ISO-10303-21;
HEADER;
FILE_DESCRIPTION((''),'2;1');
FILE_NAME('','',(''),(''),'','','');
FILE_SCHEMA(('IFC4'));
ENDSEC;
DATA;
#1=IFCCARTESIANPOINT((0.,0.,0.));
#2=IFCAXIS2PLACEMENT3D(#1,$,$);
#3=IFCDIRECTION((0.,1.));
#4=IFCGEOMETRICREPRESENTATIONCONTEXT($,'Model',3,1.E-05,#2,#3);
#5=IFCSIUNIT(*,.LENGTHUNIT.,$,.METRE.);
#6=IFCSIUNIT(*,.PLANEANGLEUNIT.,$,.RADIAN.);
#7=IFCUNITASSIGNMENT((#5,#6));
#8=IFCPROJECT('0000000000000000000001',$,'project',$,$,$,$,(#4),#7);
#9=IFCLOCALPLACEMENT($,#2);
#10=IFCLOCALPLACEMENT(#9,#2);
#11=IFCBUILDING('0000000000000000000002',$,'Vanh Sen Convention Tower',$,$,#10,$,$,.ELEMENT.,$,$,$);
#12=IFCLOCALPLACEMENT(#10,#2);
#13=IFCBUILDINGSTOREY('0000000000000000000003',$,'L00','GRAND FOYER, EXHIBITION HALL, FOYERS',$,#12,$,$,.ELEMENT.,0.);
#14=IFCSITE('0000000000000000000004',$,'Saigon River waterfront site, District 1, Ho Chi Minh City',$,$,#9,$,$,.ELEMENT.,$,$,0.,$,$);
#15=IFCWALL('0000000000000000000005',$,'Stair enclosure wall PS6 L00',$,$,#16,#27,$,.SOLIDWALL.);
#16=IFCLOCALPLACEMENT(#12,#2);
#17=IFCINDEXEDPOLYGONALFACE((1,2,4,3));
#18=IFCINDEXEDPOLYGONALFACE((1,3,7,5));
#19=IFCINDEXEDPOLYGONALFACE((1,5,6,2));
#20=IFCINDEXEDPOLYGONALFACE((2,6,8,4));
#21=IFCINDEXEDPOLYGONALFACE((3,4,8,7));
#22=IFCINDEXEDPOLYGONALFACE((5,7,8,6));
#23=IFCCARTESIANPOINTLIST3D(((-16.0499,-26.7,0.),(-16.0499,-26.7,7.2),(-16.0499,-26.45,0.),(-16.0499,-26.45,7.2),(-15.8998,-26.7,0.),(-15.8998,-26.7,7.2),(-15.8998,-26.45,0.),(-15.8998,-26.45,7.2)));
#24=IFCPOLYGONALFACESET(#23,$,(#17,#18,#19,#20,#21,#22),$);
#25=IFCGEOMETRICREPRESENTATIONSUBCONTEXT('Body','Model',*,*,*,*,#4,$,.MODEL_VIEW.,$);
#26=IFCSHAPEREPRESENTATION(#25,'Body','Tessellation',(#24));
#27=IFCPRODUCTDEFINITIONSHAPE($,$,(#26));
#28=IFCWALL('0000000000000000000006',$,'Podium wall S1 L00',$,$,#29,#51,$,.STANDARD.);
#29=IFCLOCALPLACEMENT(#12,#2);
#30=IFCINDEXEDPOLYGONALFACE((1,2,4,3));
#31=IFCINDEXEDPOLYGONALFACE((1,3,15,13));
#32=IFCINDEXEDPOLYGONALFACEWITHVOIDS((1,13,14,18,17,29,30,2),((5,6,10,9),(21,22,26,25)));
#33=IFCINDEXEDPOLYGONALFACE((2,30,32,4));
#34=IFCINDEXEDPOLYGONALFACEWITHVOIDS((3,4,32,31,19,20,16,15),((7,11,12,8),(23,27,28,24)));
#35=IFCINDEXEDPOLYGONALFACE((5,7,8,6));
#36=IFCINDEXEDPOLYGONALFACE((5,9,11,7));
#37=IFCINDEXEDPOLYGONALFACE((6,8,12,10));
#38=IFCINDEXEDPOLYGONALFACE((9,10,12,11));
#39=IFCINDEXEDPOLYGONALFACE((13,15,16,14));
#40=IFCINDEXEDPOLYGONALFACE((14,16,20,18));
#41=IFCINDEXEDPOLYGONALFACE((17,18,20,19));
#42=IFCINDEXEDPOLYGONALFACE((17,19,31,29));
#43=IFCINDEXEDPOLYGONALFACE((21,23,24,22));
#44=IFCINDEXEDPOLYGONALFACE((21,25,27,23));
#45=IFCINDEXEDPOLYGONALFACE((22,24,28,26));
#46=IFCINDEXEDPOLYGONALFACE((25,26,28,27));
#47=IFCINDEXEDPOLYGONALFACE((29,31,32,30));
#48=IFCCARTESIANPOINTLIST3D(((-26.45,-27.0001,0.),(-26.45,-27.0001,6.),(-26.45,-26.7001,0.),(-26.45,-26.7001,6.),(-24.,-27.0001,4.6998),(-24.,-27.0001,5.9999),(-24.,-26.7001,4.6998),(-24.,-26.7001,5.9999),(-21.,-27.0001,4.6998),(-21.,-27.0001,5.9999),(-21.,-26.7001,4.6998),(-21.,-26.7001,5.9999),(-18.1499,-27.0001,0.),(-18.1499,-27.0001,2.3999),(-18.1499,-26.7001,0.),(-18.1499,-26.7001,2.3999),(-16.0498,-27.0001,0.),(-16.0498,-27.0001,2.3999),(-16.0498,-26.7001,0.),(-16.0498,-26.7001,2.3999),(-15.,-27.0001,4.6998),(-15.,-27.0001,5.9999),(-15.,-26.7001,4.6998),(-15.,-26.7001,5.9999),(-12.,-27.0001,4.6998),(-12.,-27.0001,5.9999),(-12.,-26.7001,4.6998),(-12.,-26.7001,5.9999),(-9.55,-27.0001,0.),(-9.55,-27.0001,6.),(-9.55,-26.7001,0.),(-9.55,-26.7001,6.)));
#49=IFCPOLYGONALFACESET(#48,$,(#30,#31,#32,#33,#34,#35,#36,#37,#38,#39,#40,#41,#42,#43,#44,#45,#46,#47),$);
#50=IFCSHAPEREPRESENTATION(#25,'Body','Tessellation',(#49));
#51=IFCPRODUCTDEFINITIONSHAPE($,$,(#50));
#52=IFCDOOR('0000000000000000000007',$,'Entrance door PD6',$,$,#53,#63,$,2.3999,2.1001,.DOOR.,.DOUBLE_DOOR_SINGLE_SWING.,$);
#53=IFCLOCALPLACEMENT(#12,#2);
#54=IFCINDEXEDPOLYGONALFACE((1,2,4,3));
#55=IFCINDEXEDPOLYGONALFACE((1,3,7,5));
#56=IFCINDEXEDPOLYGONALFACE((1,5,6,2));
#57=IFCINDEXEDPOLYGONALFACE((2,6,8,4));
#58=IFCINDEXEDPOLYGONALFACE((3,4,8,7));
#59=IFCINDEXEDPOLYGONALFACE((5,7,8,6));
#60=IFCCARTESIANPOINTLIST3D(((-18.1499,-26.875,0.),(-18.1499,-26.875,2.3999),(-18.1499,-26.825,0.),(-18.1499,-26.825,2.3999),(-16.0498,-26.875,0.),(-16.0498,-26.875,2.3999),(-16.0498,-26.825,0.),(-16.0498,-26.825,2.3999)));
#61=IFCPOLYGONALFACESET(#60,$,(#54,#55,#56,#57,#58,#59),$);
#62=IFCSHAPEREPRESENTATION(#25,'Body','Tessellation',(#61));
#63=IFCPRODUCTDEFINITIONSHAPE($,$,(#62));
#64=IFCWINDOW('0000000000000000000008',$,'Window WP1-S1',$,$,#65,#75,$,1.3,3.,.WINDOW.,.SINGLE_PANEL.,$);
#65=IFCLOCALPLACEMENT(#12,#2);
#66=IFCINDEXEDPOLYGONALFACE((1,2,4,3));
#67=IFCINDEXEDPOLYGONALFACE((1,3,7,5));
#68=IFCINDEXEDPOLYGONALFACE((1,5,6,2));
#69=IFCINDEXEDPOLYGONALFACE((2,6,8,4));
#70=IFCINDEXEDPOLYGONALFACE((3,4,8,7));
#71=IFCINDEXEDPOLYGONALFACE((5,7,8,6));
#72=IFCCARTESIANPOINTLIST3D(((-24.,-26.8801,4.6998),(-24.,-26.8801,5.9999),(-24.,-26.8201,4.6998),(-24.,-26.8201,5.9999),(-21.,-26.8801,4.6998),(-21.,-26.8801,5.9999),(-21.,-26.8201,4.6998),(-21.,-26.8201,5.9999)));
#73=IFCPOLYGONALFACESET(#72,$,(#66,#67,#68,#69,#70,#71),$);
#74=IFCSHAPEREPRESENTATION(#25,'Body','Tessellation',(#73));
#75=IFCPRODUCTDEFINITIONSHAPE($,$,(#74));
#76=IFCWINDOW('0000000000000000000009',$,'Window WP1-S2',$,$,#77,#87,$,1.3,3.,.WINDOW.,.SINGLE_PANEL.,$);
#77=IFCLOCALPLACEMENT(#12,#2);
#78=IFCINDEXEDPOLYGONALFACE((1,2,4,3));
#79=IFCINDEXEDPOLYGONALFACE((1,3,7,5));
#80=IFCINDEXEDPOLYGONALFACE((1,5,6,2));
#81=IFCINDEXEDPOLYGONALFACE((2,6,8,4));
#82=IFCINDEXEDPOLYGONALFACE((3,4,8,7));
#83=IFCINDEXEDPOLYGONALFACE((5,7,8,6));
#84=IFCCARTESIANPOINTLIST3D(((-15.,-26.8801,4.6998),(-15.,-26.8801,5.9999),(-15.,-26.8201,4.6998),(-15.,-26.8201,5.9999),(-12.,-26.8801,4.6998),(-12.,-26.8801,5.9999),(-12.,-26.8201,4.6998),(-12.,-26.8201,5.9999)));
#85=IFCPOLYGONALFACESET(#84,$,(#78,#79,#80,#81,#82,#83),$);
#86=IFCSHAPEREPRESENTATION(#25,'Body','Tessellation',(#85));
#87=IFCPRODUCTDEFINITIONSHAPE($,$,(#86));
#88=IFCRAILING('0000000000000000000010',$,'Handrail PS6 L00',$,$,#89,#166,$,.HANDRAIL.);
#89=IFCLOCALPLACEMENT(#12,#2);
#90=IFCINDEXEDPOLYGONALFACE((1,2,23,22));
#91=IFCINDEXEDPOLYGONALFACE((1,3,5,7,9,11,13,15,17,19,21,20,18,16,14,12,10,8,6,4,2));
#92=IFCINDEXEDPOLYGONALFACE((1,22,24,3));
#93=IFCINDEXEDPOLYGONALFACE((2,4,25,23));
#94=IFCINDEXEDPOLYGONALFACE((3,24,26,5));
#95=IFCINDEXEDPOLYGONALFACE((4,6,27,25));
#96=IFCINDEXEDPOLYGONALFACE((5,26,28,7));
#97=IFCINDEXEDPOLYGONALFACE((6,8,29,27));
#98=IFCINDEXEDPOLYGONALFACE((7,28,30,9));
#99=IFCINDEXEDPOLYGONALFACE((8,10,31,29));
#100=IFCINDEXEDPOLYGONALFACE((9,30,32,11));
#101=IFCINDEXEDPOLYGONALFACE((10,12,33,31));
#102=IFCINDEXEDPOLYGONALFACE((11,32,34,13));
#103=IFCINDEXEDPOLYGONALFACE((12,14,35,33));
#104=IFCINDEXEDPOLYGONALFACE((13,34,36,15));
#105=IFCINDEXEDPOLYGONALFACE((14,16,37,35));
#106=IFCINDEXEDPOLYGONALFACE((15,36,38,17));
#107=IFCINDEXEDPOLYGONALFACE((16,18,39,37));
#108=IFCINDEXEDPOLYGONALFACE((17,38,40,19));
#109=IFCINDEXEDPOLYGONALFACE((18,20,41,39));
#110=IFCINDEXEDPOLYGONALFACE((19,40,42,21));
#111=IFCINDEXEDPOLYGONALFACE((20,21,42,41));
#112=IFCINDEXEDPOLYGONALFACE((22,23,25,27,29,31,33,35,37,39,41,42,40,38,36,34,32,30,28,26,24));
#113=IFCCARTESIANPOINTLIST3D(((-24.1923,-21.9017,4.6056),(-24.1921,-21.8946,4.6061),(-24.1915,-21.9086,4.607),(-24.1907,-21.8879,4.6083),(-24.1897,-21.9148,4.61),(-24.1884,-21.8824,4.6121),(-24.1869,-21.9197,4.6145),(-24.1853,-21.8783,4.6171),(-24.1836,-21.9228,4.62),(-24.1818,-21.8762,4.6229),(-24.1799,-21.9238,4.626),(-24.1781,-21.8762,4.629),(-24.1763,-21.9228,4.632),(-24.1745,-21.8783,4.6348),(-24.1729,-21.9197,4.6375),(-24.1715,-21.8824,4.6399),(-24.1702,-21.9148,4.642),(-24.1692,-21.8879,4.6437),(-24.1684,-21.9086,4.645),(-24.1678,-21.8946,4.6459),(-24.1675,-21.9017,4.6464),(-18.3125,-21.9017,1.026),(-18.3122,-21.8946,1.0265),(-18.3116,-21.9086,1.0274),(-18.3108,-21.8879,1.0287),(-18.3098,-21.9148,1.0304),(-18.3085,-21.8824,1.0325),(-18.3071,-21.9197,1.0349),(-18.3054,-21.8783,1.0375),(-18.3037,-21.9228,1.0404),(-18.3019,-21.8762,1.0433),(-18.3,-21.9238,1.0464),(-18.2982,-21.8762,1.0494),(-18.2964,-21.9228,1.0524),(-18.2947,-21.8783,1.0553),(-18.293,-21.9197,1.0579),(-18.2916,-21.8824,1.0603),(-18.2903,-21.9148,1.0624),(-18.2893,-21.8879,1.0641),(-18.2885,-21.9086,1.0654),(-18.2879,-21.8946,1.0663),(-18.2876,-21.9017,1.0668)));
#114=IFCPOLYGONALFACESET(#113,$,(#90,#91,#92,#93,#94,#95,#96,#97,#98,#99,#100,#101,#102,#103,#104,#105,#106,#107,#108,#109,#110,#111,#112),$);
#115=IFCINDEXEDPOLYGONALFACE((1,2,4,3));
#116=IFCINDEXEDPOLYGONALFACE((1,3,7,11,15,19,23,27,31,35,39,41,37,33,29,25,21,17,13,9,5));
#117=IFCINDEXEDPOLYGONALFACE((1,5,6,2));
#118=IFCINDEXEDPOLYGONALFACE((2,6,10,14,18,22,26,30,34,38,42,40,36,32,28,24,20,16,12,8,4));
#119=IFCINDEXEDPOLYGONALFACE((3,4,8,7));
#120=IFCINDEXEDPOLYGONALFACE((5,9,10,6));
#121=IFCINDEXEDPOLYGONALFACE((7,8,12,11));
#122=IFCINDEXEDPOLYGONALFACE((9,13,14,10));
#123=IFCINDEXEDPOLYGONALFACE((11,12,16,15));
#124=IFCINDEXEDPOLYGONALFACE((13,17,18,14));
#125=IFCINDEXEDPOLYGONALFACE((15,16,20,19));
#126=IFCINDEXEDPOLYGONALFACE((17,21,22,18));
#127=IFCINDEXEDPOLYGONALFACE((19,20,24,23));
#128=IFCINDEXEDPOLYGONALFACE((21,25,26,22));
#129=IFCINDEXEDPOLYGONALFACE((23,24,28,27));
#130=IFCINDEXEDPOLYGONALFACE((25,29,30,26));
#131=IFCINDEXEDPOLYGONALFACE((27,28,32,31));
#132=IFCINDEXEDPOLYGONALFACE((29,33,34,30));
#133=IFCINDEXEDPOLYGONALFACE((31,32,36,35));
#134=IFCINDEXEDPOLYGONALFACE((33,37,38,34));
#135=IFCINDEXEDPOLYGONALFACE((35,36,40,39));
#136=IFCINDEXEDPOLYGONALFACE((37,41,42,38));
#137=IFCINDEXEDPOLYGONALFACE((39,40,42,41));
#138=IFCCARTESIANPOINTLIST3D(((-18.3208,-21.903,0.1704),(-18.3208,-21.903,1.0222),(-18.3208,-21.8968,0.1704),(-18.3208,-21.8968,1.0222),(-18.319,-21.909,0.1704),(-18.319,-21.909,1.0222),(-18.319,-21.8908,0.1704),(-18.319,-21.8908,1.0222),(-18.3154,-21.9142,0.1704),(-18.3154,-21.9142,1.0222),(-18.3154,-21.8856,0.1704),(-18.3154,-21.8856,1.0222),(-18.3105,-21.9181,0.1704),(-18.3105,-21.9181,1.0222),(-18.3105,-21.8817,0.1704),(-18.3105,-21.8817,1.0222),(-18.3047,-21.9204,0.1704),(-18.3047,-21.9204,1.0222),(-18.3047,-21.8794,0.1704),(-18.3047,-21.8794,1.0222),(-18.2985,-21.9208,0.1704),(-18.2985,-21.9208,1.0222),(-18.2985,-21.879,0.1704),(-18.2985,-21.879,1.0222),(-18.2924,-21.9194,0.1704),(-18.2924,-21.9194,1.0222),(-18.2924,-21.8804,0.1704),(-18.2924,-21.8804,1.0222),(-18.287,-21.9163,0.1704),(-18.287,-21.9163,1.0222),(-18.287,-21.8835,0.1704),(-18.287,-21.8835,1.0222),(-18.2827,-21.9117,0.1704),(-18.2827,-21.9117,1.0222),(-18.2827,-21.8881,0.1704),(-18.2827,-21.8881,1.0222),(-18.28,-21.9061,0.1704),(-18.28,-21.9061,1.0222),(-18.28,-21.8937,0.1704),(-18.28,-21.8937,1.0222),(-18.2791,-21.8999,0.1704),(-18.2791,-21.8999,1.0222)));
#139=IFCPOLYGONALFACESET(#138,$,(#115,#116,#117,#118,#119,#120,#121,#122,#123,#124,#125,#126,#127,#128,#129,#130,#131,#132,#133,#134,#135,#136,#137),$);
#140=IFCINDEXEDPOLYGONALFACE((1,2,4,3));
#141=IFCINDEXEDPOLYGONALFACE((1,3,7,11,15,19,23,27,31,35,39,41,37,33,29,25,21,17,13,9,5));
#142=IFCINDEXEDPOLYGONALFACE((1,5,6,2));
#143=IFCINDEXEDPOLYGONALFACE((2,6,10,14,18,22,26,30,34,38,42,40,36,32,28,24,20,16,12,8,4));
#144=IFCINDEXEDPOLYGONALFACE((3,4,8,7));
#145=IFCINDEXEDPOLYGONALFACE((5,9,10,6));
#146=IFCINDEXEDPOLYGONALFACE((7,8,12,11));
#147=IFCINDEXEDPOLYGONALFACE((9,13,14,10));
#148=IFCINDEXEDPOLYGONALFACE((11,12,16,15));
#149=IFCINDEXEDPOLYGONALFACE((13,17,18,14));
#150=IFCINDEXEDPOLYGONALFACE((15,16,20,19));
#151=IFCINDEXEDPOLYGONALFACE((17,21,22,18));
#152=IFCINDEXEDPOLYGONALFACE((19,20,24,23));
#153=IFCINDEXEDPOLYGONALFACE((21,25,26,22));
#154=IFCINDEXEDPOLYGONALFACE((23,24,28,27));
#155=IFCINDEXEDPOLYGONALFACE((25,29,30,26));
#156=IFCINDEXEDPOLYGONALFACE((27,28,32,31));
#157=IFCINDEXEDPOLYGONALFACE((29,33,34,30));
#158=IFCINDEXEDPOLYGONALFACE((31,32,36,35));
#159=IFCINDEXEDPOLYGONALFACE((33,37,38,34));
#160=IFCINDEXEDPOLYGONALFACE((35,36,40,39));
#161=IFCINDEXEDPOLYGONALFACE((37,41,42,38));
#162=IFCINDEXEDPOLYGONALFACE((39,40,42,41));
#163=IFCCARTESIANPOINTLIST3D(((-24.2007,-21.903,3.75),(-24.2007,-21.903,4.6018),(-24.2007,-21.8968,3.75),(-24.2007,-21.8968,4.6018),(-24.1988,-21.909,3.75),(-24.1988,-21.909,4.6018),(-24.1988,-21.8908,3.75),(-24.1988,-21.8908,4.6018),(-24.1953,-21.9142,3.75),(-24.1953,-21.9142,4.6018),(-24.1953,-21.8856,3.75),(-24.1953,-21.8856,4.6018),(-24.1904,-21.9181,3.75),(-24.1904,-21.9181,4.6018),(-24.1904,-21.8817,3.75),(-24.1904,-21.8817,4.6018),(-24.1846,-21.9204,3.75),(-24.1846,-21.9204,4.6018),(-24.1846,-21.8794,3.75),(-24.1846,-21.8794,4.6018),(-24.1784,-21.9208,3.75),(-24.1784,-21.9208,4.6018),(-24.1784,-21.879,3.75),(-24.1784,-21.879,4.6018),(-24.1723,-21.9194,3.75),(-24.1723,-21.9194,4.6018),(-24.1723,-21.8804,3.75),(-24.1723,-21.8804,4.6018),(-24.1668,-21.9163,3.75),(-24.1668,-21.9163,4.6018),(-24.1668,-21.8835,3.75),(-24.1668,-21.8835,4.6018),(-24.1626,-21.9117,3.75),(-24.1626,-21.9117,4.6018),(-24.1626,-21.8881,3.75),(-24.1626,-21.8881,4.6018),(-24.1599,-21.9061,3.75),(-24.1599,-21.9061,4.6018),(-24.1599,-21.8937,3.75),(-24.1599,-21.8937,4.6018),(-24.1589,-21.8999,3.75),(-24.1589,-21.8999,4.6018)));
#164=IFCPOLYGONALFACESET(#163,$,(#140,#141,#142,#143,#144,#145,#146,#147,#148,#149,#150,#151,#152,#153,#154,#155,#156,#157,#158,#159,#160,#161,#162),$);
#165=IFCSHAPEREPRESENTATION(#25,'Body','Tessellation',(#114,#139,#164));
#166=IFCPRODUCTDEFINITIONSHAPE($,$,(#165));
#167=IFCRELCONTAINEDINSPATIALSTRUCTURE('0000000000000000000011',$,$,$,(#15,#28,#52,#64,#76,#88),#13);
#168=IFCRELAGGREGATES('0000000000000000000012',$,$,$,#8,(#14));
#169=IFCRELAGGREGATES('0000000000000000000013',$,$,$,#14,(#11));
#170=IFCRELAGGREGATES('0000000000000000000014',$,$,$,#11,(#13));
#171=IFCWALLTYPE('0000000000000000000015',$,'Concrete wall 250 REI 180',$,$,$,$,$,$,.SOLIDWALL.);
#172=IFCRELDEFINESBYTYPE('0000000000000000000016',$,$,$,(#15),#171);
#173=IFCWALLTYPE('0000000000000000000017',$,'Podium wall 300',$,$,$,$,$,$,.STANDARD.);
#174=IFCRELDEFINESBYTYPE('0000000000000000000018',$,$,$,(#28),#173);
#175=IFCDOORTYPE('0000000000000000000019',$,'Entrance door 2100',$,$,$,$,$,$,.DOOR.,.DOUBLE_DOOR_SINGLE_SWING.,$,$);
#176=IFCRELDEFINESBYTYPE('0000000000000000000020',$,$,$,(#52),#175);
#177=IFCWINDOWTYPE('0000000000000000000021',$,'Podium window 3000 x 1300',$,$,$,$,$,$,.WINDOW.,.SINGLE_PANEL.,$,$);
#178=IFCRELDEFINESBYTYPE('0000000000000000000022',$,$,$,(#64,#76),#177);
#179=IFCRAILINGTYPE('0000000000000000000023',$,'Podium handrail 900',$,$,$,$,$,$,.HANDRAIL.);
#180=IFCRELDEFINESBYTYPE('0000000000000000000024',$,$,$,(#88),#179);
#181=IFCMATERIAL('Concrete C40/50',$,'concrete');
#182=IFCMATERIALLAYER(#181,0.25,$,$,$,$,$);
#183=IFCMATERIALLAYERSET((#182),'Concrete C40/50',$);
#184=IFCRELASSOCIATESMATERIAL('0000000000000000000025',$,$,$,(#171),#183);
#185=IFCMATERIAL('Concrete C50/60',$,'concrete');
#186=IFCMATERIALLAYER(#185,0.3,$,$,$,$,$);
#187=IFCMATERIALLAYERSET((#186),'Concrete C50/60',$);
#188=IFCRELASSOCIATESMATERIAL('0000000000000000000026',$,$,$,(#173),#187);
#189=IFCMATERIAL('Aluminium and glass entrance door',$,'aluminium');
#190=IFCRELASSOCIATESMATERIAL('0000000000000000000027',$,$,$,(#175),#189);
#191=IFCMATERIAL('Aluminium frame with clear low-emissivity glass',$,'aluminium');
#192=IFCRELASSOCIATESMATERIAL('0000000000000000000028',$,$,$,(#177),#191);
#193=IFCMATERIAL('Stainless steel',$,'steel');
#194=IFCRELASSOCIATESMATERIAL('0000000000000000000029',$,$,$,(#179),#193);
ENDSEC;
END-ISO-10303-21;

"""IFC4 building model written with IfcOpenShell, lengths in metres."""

from ifc_helpers import new_model, si_unit, direction, frame, frame_2d, origin, origin_2d, place, context, subcontext, project, spatial, rectangle, circle, extrude, material, layer, layer_set, type_object, element, fill, save


model = new_model("IFC4")

# Units and contexts
model_context = context("Model", 3, precision=1e-05, world=origin(), true_north=direction((0.0, 1.0)))
body_context = subcontext(model_context, "Body", "Model", "MODEL_VIEW")
ifc_project = project(units=[si_unit("LENGTHUNIT", "METRE"), si_unit("PLANEANGLEUNIT", "RADIAN")], contexts=[model_context])

# Site, building, storey
site_placement = place(None, origin())
site = spatial("IfcSite", under=ifc_project, at=site_placement, Name="Saigon River waterfront site, District 1, Ho Chi Minh City", CompositionType="ELEMENT", RefElevation=0.0)
building_placement = place(site_placement, origin())
building = spatial("IfcBuilding", under=site, at=building_placement, Name="Vanh Sen Convention Tower", CompositionType="ELEMENT")
storey_placement = place(building_placement, origin())
storey = spatial("IfcBuildingStorey", under=building, at=storey_placement, Name="L00", Description="GRAND FOYER, EXHIBITION HALL, FOYERS", CompositionType="ELEMENT", Elevation=0.0)

# Shared definitions
ifc_material_1 = material(Name="Concrete C40/50", Category="concrete")

# Shared definitions
ifc_layer_1 = layer(ifc_material_1, 0.25)
ifc_layer_set_1 = layer_set([ifc_layer_1], Name="Concrete C40/50")
wall_type_1 = type_object("IfcWallType", Name="Concrete wall 250 REI 180", PredefinedType="SOLIDWALL", material=ifc_layer_set_1)

# Wall
wall_1_placement = place(storey_placement, frame((-16.05, -26.575, 0.0), z_axis=(0.0, 0.0, 1.0), x_axis=(1.0, 0.0, 0.0)))
element("IfcWall", 1, at=wall_1_placement, inside=storey, type_object=wall_type_1, Name="Stair enclosure wall PS6 L00", PredefinedType="SOLIDWALL", context=body_context, shape_type="SweptSolid", body=[
    extrude(rectangle(XDim=0.1501, YDim=0.25, at=frame_2d((0.0752, 0.0))), origin(), (0.0, 0.0, 1.0), 7.2),
])

# Wall, openings, door, windows
ifc_material_2 = material(Name="Concrete C50/60", Category="concrete")
ifc_layer_2 = layer(ifc_material_2, 0.3)
ifc_layer_set_2 = layer_set([ifc_layer_2], Name="Concrete C50/60")
wall_type_2 = type_object("IfcWallType", Name="Podium wall 300", PredefinedType="STANDARD", material=ifc_layer_set_2)
wall_2_placement = place(storey_placement, frame((-26.45, -26.8501, 0.0), z_axis=(0.0, 0.0, 1.0), x_axis=(1.0, 0.0, 0.0)))
wall_2 = element("IfcWall", 2, at=wall_2_placement, inside=storey, type_object=wall_type_2, Name="Podium wall S1 L00", PredefinedType="STANDARD", context=body_context, shape_type="SweptSolid", body=[
    extrude(rectangle(XDim=16.8999, YDim=0.3, at=frame_2d((8.45, 0.0))), origin(), (0.0, 0.0, 1.0), 6.0),
])
opening_1_placement = place(wall_2_placement, frame((2.45, 0.0, 4.7)))
opening_1 = element("IfcOpeningElement", 3, at=opening_1_placement, cuts=wall_2, PredefinedType="OPENING", context=body_context, shape_type="SweptSolid", body=[
    extrude(rectangle(XDim=3.0, YDim=1.3, at=frame_2d((1.5, 0.6499))), frame((0.0, 0.1599, 0.0), z_axis=(0.0, -1.0, 0.0), x_axis=(1.0, 0.0, 0.0)), (0.0, 0.0, 1.0), 0.3201),
])
opening_2_placement = place(wall_2_placement, frame((11.45, 0.0, 4.7)))
opening_2 = element("IfcOpeningElement", 4, at=opening_2_placement, cuts=wall_2, PredefinedType="OPENING", context=body_context, shape_type="SweptSolid", body=[
    extrude(rectangle(XDim=3.0, YDim=1.3, at=frame_2d((1.5, 0.6499))), frame((0.0, 0.1599, 0.0), z_axis=(0.0, -1.0, 0.0), x_axis=(1.0, 0.0, 0.0)), (0.0, 0.0, 1.0), 0.3201),
])
opening_3_placement = place(wall_2_placement, frame((8.3, 0.0, 0.0)))
opening_3 = element("IfcOpeningElement", 5, at=opening_3_placement, cuts=wall_2, PredefinedType="OPENING", context=body_context, shape_type="SweptSolid", body=[
    extrude(rectangle(XDim=2.1001, YDim=2.3999, at=frame_2d((1.05, 1.2))), frame((0.0, 0.1599, 0.0), z_axis=(0.0, -1.0, 0.0), x_axis=(1.0, 0.0, 0.0)), (0.0, 0.0, 1.0), 0.3201),
])
ifc_material_3 = material(Name="Aluminium and glass entrance door", Category="aluminium")
door_type_1 = type_object("IfcDoorType", Name="Entrance door 2100", OperationType="DOUBLE_DOOR_SINGLE_SWING", PredefinedType="DOOR", material=ifc_material_3)
door_1_placement = place(opening_3_placement, frame((2.1001, 0.0, 0.0), z_axis=(0.0, 0.0, 1.0), x_axis=(-1.0, 0.0, 0.0)))
door_1 = element("IfcDoor", 6, at=door_1_placement, inside=storey, type_object=door_type_1, Name="Entrance door PD6", OperationType="DOUBLE_DOOR_SINGLE_SWING", OverallHeight=2.3999, OverallWidth=2.1001, PredefinedType="DOOR", context=body_context, shape_type="SweptSolid", body=[
    extrude(rectangle(XDim=2.1001, YDim=2.3999, at=frame_2d((1.05, 1.2))), frame((0.0, 0.0249, 0.0), z_axis=(0.0, -1.0, 0.0), x_axis=(1.0, 0.0, 0.0)), (0.0, 0.0, 1.0), 0.05),
])
fill(opening_3, door_1)
ifc_material_4 = material(Name="Aluminium frame with clear low-emissivity glass", Category="aluminium")
window_type = type_object("IfcWindowType", Name="Podium window 3000 x 1300", PartitioningType="SINGLE_PANEL", PredefinedType="WINDOW", material=ifc_material_4)
window_1_placement = place(opening_1_placement, origin())
window_1 = element("IfcWindow", 7, at=window_1_placement, inside=storey, type_object=window_type, Name="Window WP1-S1", OverallHeight=1.3, OverallWidth=3.0, PartitioningType="SINGLE_PANEL", PredefinedType="WINDOW", context=body_context, shape_type="SweptSolid", body=[
    extrude(rectangle(XDim=3.0, YDim=1.3, at=frame_2d((1.5, 0.6499))), frame((0.0, 0.03, 0.0), z_axis=(0.0, -1.0, 0.0), x_axis=(1.0, 0.0, 0.0)), (0.0, 0.0, 1.0), 0.0601),
])
fill(opening_1, window_1)
window_2_placement = place(opening_2_placement, origin())
window_2 = element("IfcWindow", 8, at=window_2_placement, inside=storey, type_object=window_type, Name="Window WP1-S2", OverallHeight=1.3, OverallWidth=3.0, PartitioningType="SINGLE_PANEL", PredefinedType="WINDOW", context=body_context, shape_type="SweptSolid", body=[
    extrude(rectangle(XDim=3.0, YDim=1.3, at=frame_2d((1.5, 0.6499))), frame((0.0, 0.03, 0.0), z_axis=(0.0, -1.0, 0.0), x_axis=(1.0, 0.0, 0.0)), (0.0, 0.0, 1.0), 0.0601),
])
fill(opening_2, window_2)

# Railing
ifc_material_5 = material(Name="Stainless steel", Category="steel")
railing_type = type_object("IfcRailingType", Name="Podium handrail 900", PredefinedType="HANDRAIL", material=ifc_material_5)
for number, where, name in (
    (9, (-18.3, -21.8999, 0.1704), "Handrail PS6 L00"),
):
    element("IfcRailing", number, at=place(storey_placement, frame(where)), inside=storey, type_object=railing_type, Name=name, PredefinedType="HANDRAIL", context=body_context, shape_type="SweptSolid", body=[
        extrude(circle(Radius=0.0239, at=origin_2d()), frame((0.0, 0.0, 0.876), z_axis=(-0.854164, 0.0, 0.520003), x_axis=(0.0, -1.0, 0.0)), (0.0, 0.0, 1.0), 6.8838),
        extrude(circle(Radius=0.021, at=origin_2d()), origin(), (0.0, 0.0, 1.0), 0.8518),
        extrude(circle(Radius=0.021, at=origin_2d()), frame((-5.8799, 0.0, 3.5796)), (0.0, 0.0, 1.0), 0.8518),
    ])

save(model, "model.ifc")
